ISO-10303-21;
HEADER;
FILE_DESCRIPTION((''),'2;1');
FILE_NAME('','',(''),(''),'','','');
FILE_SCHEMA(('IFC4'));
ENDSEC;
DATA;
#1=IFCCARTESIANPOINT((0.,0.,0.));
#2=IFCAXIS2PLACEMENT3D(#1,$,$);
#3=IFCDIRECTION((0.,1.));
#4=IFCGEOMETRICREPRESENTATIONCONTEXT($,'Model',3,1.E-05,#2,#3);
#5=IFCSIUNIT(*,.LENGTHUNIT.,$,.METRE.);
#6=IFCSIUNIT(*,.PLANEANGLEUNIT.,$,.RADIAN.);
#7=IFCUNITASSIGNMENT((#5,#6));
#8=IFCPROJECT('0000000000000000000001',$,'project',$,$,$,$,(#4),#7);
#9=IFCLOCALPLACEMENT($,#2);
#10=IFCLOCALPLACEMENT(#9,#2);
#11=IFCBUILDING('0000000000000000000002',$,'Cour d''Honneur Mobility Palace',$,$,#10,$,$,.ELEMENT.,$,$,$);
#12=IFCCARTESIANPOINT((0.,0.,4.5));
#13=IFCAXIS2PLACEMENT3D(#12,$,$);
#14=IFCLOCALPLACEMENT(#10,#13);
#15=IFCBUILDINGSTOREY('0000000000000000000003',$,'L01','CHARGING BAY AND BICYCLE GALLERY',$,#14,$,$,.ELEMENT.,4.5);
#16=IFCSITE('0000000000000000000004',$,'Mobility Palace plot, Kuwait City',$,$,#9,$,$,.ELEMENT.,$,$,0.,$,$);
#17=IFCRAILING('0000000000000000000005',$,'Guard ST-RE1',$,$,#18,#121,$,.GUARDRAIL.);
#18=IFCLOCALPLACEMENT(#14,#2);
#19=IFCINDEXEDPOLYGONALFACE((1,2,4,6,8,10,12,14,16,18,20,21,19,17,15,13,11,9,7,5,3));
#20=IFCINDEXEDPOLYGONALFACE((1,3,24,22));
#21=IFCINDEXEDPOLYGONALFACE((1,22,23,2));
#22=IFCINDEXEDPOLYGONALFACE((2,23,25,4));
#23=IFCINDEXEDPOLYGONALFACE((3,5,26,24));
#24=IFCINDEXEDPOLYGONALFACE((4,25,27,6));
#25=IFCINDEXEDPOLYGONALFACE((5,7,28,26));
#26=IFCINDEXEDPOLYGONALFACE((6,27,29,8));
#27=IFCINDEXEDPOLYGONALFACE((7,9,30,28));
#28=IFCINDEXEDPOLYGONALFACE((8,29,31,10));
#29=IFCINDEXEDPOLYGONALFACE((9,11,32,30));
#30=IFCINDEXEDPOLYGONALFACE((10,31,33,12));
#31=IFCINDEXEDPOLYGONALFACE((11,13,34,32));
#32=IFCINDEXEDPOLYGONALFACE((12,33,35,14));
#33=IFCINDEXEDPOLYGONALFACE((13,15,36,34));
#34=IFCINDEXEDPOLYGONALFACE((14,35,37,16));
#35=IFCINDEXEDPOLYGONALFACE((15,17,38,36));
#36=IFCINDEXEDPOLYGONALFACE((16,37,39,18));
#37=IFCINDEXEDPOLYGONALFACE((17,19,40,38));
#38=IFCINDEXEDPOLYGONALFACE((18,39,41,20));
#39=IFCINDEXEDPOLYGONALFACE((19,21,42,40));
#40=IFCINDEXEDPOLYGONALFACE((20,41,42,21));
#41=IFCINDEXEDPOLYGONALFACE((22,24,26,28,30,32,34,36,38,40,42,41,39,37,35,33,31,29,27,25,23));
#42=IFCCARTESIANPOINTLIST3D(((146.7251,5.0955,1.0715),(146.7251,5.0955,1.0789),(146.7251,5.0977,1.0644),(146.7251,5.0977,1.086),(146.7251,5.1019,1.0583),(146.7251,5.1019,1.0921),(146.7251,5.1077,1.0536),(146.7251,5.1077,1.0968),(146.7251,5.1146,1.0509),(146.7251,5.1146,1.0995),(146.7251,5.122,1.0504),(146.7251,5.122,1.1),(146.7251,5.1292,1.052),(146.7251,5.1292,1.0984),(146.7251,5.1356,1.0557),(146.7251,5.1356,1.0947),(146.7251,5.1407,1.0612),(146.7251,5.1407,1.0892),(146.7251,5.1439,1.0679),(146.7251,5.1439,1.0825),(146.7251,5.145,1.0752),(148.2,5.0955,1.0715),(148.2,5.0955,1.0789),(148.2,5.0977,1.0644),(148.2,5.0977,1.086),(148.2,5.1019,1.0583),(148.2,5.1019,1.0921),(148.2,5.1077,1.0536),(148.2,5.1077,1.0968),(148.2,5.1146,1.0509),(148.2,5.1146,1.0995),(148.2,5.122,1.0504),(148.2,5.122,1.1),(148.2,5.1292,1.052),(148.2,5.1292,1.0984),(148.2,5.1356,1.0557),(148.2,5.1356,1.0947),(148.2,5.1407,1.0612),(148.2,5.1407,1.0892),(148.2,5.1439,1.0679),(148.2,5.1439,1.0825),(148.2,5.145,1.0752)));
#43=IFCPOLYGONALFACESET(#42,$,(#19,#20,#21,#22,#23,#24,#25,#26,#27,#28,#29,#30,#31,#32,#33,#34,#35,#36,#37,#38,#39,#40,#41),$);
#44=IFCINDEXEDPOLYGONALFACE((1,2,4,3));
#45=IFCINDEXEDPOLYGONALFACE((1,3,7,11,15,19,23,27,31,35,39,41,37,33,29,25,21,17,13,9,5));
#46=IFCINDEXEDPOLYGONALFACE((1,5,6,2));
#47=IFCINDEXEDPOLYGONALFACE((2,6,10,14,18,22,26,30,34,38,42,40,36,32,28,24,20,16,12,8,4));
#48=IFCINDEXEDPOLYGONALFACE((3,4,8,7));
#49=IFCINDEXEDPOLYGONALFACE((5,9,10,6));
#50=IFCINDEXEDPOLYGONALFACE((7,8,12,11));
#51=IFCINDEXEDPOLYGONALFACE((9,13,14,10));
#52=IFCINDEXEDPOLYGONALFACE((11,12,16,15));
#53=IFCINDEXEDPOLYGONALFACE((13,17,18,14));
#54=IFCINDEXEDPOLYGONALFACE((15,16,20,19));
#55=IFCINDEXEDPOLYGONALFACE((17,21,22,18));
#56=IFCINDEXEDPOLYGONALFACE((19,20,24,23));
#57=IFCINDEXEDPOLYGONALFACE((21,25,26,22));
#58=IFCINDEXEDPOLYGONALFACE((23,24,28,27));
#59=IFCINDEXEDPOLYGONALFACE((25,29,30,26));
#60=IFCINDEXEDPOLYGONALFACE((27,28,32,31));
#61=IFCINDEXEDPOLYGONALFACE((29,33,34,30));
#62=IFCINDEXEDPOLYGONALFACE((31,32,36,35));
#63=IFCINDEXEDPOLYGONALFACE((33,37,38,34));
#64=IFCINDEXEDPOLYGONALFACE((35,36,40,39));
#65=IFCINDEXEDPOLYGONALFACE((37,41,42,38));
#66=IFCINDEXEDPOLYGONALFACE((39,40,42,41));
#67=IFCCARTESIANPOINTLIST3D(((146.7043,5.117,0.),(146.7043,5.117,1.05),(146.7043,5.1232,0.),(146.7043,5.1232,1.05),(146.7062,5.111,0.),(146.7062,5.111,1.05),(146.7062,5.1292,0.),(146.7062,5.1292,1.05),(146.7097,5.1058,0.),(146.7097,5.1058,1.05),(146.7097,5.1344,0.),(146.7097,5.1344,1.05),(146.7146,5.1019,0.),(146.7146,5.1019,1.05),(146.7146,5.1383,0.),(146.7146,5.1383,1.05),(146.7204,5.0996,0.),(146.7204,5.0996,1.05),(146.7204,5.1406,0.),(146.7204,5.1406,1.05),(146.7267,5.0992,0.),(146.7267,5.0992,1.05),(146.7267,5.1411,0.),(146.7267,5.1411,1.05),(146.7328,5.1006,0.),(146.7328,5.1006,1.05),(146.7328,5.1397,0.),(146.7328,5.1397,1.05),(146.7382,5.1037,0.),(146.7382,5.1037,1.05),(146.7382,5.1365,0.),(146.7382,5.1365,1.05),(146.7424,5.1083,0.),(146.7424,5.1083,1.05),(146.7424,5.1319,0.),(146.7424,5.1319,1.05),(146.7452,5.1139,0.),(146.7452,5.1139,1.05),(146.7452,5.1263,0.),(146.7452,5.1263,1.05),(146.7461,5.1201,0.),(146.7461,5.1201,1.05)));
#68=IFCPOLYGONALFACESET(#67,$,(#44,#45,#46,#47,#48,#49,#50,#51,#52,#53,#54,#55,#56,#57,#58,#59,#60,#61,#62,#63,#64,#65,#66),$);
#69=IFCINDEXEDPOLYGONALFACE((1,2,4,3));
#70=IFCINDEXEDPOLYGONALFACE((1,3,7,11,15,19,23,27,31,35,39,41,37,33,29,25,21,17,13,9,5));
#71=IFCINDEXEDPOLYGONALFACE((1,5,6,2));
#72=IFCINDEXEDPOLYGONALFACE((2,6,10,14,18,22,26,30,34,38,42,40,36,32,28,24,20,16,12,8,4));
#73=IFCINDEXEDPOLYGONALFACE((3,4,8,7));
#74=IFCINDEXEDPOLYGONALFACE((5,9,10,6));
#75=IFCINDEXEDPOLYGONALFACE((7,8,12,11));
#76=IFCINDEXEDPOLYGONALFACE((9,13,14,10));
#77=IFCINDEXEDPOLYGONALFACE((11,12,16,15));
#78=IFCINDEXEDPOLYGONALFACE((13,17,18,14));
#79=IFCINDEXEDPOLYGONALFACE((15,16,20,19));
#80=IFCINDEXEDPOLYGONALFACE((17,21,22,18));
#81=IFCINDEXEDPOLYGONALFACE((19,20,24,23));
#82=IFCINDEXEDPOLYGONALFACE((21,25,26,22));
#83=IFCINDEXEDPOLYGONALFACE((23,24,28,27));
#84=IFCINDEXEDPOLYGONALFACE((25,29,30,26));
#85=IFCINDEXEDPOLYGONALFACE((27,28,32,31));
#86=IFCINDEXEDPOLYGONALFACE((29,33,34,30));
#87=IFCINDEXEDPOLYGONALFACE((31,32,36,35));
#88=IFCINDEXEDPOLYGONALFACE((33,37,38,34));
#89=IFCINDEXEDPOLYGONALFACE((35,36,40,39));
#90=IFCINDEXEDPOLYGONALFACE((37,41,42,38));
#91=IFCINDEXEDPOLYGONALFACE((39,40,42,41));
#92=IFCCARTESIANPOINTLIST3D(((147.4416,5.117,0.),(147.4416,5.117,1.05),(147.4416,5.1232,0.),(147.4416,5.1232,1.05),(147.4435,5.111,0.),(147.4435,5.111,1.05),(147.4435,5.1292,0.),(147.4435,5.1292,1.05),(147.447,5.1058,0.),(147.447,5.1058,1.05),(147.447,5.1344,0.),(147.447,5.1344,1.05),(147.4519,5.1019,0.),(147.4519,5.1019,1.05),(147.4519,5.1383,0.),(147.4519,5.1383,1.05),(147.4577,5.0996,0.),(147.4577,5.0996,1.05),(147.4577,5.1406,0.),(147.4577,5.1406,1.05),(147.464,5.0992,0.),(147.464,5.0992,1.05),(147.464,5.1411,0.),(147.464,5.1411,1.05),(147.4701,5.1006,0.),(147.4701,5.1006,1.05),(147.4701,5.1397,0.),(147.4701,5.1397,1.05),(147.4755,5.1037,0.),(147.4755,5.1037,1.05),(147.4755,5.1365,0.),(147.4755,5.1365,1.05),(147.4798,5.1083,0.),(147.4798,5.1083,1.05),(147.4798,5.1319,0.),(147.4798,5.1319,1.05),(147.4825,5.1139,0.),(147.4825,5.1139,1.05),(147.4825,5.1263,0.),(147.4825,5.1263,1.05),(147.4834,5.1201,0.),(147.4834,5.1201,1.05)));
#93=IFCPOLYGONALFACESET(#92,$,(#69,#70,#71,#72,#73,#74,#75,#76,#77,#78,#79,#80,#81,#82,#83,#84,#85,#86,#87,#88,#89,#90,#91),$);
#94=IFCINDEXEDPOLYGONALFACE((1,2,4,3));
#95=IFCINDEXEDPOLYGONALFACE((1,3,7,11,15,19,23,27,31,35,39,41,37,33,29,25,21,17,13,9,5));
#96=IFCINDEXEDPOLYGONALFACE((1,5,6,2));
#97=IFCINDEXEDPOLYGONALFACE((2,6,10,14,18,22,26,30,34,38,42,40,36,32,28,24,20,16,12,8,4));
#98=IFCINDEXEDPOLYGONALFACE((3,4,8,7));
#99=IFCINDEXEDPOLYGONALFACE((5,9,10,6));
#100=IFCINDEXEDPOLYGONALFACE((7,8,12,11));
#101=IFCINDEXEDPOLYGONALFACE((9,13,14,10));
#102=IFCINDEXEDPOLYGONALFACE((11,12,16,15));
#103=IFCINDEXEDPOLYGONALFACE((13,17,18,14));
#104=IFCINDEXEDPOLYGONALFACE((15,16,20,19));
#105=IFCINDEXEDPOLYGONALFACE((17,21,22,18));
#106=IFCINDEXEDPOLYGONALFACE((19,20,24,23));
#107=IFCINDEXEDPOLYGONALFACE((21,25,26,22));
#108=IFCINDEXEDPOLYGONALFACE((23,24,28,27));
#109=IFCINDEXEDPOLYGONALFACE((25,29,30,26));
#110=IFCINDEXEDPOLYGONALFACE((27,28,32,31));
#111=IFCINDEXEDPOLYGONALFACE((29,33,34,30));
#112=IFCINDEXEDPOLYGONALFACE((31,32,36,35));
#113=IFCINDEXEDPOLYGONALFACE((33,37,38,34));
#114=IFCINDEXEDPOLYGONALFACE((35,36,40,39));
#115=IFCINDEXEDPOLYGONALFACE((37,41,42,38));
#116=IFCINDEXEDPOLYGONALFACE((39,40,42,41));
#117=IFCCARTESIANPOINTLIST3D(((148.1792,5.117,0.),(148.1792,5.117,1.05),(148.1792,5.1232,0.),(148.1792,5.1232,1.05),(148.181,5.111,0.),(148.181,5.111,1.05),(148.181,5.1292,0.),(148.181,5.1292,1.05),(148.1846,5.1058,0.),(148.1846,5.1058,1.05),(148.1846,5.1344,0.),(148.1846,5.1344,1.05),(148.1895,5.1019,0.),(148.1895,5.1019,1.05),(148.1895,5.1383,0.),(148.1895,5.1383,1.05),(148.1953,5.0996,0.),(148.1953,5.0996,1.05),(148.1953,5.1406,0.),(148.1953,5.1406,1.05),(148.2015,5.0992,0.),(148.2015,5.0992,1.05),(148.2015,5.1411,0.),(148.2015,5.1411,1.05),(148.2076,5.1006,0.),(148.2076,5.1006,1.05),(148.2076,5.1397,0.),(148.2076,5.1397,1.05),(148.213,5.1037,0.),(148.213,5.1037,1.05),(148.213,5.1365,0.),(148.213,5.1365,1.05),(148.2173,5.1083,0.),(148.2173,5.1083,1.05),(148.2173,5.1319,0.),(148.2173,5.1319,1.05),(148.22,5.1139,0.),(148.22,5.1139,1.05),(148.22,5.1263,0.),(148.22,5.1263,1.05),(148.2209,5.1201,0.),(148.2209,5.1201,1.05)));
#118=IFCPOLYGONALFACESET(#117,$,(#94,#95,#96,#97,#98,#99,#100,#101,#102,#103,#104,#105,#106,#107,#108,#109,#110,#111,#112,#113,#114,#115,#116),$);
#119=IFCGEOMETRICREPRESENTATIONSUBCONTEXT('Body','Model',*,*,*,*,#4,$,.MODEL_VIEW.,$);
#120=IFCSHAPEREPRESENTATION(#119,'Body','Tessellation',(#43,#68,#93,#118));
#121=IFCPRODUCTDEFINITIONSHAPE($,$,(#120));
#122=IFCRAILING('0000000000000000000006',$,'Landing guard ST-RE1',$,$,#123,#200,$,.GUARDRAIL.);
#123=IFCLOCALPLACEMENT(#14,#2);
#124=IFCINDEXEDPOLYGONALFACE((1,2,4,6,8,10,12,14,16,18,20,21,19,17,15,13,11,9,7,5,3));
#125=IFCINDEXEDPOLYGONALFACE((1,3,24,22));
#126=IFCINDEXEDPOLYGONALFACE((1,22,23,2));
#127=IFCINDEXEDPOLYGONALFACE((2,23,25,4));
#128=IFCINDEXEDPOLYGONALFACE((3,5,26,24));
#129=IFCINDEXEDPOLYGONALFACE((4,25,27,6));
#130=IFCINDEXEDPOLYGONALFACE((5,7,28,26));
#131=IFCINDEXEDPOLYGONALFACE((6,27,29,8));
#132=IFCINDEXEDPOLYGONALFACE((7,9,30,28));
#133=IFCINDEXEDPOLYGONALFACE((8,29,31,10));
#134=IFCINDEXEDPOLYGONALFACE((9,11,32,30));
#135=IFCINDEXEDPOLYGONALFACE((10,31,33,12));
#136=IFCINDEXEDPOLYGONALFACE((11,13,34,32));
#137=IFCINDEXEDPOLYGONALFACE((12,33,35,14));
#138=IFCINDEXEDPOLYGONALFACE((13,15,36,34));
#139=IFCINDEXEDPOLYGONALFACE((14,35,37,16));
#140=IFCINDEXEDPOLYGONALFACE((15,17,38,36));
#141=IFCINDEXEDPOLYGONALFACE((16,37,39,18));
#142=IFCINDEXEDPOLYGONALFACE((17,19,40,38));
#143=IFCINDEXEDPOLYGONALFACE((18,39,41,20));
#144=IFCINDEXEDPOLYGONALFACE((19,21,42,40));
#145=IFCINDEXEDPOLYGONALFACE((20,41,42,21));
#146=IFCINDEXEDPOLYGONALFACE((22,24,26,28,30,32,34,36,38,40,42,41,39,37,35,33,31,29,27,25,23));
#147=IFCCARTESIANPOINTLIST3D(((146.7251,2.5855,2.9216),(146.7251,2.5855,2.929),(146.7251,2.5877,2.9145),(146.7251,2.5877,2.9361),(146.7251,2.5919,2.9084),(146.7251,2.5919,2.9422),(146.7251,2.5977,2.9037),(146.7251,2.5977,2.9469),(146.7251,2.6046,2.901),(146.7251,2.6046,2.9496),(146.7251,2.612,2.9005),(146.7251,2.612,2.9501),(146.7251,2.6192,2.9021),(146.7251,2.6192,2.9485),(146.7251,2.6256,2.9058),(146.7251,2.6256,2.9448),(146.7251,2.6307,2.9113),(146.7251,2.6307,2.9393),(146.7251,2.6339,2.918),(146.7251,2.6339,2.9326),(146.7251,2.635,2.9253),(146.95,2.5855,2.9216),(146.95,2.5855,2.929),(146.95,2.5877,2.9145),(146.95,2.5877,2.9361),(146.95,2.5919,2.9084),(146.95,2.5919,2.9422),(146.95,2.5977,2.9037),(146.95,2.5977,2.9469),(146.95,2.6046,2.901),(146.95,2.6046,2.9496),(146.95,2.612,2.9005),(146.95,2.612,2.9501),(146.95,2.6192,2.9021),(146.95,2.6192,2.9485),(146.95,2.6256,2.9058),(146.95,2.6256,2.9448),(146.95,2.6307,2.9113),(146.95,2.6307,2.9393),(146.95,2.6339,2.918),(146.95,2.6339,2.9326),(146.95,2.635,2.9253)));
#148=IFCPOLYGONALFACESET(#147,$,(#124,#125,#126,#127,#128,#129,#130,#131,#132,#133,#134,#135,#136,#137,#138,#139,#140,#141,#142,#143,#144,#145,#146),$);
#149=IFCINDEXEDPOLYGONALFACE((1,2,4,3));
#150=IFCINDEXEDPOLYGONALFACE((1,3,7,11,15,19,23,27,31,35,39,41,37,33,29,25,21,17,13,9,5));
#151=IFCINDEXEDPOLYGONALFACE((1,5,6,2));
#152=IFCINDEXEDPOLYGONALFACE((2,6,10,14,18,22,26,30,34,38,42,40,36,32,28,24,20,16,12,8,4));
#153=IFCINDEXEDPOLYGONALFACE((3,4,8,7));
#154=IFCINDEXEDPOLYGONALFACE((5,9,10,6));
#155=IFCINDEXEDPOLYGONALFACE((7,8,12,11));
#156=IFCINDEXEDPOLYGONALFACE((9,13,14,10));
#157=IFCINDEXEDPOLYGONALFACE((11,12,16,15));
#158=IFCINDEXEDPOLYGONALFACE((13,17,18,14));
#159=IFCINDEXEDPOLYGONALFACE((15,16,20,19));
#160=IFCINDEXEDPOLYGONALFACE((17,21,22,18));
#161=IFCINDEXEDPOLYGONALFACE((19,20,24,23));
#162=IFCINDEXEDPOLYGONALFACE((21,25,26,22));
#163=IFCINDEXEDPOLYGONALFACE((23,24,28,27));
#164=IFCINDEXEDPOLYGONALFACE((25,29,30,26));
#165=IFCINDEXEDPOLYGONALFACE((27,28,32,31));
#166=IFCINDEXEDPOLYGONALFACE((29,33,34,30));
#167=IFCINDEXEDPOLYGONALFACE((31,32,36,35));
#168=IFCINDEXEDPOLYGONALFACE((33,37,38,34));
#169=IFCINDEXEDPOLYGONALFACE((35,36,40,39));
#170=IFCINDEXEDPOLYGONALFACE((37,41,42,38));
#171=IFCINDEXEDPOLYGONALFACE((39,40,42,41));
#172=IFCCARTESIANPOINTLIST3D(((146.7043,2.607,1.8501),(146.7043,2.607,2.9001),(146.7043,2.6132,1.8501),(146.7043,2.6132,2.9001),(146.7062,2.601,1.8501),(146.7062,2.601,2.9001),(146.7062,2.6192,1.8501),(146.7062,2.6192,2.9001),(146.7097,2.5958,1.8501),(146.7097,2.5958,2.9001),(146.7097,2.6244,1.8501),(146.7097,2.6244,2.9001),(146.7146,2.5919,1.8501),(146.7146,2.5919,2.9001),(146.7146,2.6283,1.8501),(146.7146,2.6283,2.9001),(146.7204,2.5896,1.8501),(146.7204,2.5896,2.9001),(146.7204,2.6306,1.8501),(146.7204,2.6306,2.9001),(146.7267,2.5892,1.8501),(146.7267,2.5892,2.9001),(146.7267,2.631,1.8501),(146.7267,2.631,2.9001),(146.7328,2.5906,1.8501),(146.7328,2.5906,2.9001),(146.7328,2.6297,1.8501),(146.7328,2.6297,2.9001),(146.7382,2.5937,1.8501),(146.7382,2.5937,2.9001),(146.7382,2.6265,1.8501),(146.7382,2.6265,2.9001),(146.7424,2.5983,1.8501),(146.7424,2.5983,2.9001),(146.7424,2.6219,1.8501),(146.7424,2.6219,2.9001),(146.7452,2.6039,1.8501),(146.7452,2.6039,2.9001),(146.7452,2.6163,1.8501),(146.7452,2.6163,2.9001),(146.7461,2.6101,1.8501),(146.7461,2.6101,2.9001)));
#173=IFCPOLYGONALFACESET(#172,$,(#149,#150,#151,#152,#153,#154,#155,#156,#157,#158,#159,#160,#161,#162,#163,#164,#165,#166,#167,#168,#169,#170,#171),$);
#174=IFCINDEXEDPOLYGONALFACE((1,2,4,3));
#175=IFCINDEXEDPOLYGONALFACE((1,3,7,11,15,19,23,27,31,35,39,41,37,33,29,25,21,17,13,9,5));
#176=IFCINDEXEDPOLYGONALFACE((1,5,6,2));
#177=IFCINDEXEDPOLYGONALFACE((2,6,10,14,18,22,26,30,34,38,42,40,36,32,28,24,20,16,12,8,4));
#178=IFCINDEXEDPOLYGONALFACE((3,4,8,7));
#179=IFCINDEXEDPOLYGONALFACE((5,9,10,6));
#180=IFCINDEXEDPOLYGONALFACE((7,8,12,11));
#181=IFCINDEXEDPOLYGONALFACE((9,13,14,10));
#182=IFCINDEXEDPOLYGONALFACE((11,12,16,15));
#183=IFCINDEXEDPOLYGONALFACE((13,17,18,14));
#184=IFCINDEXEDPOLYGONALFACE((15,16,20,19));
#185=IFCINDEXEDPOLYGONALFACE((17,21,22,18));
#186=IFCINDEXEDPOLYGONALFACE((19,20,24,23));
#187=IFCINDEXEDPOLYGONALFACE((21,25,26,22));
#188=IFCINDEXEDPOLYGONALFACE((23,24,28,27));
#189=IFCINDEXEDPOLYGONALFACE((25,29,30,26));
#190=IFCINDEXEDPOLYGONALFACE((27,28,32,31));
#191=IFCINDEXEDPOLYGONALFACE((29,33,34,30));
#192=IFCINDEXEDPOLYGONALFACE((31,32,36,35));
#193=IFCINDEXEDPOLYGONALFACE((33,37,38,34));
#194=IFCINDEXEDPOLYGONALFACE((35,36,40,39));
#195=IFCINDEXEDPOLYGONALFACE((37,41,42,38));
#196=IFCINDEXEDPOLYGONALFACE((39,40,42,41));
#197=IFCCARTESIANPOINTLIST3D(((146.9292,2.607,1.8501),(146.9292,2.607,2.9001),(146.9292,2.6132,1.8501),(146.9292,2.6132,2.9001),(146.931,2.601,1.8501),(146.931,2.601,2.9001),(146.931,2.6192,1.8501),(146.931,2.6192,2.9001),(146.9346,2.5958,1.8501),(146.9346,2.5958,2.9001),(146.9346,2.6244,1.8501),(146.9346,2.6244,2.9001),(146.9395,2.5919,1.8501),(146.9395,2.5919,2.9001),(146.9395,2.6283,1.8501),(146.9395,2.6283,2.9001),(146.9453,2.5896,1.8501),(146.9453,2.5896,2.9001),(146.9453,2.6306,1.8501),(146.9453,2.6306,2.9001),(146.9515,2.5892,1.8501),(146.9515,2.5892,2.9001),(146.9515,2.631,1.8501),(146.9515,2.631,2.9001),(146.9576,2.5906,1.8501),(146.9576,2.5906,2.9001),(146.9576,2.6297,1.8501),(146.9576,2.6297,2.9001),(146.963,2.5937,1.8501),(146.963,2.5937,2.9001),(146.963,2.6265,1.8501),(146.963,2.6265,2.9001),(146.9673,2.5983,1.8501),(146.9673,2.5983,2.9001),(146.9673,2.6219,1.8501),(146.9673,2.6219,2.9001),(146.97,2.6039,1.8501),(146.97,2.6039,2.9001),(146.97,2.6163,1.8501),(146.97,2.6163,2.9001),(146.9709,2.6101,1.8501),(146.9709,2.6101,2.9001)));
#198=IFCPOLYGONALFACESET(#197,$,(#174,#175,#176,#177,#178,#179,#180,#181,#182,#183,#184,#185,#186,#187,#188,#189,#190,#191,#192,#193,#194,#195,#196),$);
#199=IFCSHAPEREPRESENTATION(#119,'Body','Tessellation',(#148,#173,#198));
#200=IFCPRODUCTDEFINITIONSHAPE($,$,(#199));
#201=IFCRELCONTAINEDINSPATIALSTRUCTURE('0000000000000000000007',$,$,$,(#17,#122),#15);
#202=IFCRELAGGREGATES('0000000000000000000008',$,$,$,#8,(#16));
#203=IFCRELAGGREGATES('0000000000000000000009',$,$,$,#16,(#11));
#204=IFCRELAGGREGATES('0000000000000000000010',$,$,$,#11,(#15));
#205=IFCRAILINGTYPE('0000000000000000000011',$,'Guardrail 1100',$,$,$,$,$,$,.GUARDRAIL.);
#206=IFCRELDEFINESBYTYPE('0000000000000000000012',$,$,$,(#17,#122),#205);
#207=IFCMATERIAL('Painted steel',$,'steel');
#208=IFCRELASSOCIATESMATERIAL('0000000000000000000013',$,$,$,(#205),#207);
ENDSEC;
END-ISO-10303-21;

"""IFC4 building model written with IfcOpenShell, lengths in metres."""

from ifc_helpers import new_model, si_unit, direction, frame, origin, origin_2d, place, context, subcontext, project, spatial, circle, extrude, material, type_object, element, save


model = new_model("IFC4")

# Units and contexts
model_context = context("Model", 3, precision=1e-05, world=origin(), true_north=direction((0.0, 1.0)))
body_context = subcontext(model_context, "Body", "Model", "MODEL_VIEW")
ifc_project = project(units=[si_unit("LENGTHUNIT", "METRE"), si_unit("PLANEANGLEUNIT", "RADIAN")], contexts=[model_context])

# Site, building, storey
site_placement = place(None, origin())
site = spatial("IfcSite", under=ifc_project, at=site_placement, Name="Mobility Palace plot, Kuwait City", CompositionType="ELEMENT", RefElevation=0.0)
building_placement = place(site_placement, origin())
building = spatial("IfcBuilding", under=site, at=building_placement, Name="Cour d'Honneur Mobility Palace", CompositionType="ELEMENT")
storey_placement = place(building_placement, frame((0.0, 0.0, 4.5)))
storey = spatial("IfcBuildingStorey", under=building, at=storey_placement, Name="L01", Description="CHARGING BAY AND BICYCLE GALLERY", CompositionType="ELEMENT", Elevation=4.5)

# Railings
ifc_material_1 = material(Name="Painted steel", Category="steel")
railing_type_1 = type_object("IfcRailingType", Name="Guardrail 1100", PredefinedType="GUARDRAIL", material=ifc_material_1)
railing_1_placement = place(storey_placement, frame((146.7251, 5.1201, 0.0)))
element("IfcRailing", 1, at=railing_1_placement, inside=storey, type_object=railing_type_1, Name="Guard ST-RE1", PredefinedType="GUARDRAIL", context=body_context, shape_type="SweptSolid", body=[
    extrude(circle(Radius=0.0249, at=origin_2d()), frame((0.0, 0.0, 1.0752), z_axis=(1.0, 0.0, 0.0), x_axis=(0.0, 1.0, 0.0)), (0.0, 0.0, 1.0), 1.4749),
    extrude(circle(Radius=0.021, at=origin_2d()), origin(), (0.0, 0.0, 1.0), 1.05),
    extrude(circle(Radius=0.021, at=origin_2d()), frame((0.7373, 0.0, 0.0)), (0.0, 0.0, 1.0), 1.05),
    extrude(circle(Radius=0.021, at=origin_2d()), frame((1.4749, 0.0, 0.0)), (0.0, 0.0, 1.0), 1.05),
])
railing_2_placement = place(storey_placement, frame((146.7251, 2.6101, 1.8501)))
element("IfcRailing", 2, at=railing_2_placement, inside=storey, type_object=railing_type_1, Name="Landing guard ST-RE1", PredefinedType="GUARDRAIL", context=body_context, shape_type="SweptSolid", body=[
    extrude(circle(Radius=0.0249, at=origin_2d()), frame((0.0, 0.0, 1.0752), z_axis=(1.0, 0.0, 0.0), x_axis=(0.0, 1.0, 0.0)), (0.0, 0.0, 1.0), 0.2249),
    extrude(circle(Radius=0.021, at=origin_2d()), origin(), (0.0, 0.0, 1.0), 1.05),
    extrude(circle(Radius=0.021, at=origin_2d()), frame((0.2249, 0.0, 0.0)), (0.0, 0.0, 1.0), 1.05),
])

save(model, "model.ifc")
